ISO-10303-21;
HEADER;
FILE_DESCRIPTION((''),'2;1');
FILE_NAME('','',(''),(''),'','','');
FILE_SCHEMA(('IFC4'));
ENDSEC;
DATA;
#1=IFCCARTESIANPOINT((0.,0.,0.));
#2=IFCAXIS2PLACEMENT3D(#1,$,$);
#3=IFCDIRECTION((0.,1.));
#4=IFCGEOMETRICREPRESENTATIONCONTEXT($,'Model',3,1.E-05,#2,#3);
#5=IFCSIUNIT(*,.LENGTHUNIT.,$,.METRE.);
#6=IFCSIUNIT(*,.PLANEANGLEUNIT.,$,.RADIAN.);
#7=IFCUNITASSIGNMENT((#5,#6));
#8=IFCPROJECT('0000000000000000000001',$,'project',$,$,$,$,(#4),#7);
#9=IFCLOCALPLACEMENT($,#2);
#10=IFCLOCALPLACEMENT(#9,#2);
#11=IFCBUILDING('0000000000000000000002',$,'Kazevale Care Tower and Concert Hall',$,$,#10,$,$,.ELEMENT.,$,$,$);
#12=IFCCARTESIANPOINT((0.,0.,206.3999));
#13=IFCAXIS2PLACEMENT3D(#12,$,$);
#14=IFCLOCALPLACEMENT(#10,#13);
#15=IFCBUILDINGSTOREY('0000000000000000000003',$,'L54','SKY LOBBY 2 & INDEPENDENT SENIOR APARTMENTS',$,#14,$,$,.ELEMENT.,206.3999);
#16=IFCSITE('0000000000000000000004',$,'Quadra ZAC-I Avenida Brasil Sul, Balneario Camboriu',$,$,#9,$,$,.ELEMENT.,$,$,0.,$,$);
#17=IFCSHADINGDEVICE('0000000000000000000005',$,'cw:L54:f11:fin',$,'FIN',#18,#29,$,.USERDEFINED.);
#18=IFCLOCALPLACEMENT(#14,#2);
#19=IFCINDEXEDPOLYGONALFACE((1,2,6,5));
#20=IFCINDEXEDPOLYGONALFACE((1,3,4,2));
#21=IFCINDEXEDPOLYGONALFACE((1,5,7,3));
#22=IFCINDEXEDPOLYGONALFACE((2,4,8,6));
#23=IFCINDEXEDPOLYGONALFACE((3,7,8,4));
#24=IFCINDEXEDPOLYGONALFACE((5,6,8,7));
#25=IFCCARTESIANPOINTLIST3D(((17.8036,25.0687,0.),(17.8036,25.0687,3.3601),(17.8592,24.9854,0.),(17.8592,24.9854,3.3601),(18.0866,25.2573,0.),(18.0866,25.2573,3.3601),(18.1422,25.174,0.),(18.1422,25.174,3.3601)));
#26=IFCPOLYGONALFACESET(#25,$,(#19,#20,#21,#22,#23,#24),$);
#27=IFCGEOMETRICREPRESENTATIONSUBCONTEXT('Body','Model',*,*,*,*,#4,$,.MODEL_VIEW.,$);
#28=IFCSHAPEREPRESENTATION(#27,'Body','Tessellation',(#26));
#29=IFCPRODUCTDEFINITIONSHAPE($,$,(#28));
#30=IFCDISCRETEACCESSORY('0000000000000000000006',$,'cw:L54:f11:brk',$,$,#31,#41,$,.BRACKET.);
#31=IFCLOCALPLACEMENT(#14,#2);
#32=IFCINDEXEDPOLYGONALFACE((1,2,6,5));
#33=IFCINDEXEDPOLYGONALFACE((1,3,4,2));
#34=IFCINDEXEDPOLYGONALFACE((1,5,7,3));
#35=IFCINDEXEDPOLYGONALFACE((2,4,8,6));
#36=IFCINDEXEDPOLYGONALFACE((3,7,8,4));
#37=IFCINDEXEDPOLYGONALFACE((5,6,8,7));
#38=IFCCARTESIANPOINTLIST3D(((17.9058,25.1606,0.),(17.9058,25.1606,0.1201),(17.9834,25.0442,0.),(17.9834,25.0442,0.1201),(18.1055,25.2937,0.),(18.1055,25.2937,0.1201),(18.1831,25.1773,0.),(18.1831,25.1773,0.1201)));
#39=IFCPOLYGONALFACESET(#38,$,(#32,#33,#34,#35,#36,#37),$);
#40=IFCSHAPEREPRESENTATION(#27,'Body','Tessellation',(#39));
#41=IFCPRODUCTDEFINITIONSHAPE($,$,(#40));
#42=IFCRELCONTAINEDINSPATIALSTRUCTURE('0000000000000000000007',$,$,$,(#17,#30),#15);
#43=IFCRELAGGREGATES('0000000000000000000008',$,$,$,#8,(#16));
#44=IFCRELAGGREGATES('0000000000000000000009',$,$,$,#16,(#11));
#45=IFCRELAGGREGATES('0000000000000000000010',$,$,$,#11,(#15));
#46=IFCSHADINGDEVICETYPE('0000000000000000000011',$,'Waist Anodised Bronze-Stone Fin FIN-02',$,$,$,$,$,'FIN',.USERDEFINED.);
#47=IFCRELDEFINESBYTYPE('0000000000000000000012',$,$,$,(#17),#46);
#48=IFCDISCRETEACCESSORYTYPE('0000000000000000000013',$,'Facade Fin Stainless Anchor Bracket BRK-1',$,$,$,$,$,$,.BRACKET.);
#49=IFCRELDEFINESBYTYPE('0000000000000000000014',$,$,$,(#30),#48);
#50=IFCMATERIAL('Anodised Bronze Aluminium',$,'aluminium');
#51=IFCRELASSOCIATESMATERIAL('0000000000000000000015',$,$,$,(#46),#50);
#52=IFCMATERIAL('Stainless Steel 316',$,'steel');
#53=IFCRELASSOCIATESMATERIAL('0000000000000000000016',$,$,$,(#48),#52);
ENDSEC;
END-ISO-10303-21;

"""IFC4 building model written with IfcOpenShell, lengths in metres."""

from ifc_helpers import new_model, si_unit, direction, frame, origin, origin_2d, place, context, subcontext, project, spatial, rectangle, extrude, material, type_object, element, save


model = new_model("IFC4")

# Units and contexts
model_context = context("Model", 3, precision=1e-05, world=origin(), true_north=direction((0.0, 1.0)))
body_context = subcontext(model_context, "Body", "Model", "MODEL_VIEW")
ifc_project = project(units=[si_unit("LENGTHUNIT", "METRE"), si_unit("PLANEANGLEUNIT", "RADIAN")], contexts=[model_context])

# Site, building, storey
site_placement = place(None, origin())
site = spatial("IfcSite", under=ifc_project, at=site_placement, Name="Quadra ZAC-I Avenida Brasil Sul, Balneario Camboriu", CompositionType="ELEMENT", RefElevation=0.0)
building_placement = place(site_placement, origin())
building = spatial("IfcBuilding", under=site, at=building_placement, Name="Kazevale Care Tower and Concert Hall", CompositionType="ELEMENT")
storey_placement = place(building_placement, frame((0.0, 0.0, 206.3999)))
storey = spatial("IfcBuildingStorey", under=building, at=storey_placement, Name="L54", Description="SKY LOBBY 2 & INDEPENDENT SENIOR APARTMENTS", CompositionType="ELEMENT", Elevation=206.3999)

# Shared definitions
ifc_material_1 = material(Name="Stainless Steel 316", Category="steel")

# Shading device
ifc_material_2 = material(Name="Anodised Bronze Aluminium", Category="aluminium")
shading_device_type = type_object("IfcShadingDeviceType", Name="Waist Anodised Bronze-Stone Fin FIN-02", ElementType="FIN", PredefinedType="USERDEFINED", material=ifc_material_2)
shading_device_placement = place(storey_placement, frame((17.9729, 25.1213, 0.0), z_axis=(0.0, 0.0, 1.0), x_axis=(-0.832148, -0.554554, 0.0)))
element("IfcShadingDevice", 1, at=shading_device_placement, inside=storey, type_object=shading_device_type, Name="cw:L54:f11:fin", ObjectType="FIN", PredefinedType="USERDEFINED", context=body_context, shape_type="SweptSolid", body=[
    extrude(rectangle(XDim=0.3401, YDim=0.1001, at=origin_2d()), origin(), (0.0, 0.0, 1.0), 3.3601),
])

# Discrete accessory
discrete_accessory_type = type_object("IfcDiscreteAccessoryType", Name="Facade Fin Stainless Anchor Bracket BRK-1", PredefinedType="BRACKET", material=ifc_material_1)
discrete_accessory_placement = place(storey_placement, frame((18.0444, 25.1689, 0.0), z_axis=(0.0, 0.0, 1.0), x_axis=(-0.832148, -0.554554, 0.0)))
element("IfcDiscreteAccessory", 2, at=discrete_accessory_placement, inside=storey, type_object=discrete_accessory_type, Name="cw:L54:f11:brk", PredefinedType="BRACKET", context=body_context, shape_type="SweptSolid", body=[
    extrude(rectangle(XDim=0.24, YDim=0.1399, at=origin_2d()), origin(), (0.0, 0.0, 1.0), 0.1201),
])

save(model, "model.ifc")
